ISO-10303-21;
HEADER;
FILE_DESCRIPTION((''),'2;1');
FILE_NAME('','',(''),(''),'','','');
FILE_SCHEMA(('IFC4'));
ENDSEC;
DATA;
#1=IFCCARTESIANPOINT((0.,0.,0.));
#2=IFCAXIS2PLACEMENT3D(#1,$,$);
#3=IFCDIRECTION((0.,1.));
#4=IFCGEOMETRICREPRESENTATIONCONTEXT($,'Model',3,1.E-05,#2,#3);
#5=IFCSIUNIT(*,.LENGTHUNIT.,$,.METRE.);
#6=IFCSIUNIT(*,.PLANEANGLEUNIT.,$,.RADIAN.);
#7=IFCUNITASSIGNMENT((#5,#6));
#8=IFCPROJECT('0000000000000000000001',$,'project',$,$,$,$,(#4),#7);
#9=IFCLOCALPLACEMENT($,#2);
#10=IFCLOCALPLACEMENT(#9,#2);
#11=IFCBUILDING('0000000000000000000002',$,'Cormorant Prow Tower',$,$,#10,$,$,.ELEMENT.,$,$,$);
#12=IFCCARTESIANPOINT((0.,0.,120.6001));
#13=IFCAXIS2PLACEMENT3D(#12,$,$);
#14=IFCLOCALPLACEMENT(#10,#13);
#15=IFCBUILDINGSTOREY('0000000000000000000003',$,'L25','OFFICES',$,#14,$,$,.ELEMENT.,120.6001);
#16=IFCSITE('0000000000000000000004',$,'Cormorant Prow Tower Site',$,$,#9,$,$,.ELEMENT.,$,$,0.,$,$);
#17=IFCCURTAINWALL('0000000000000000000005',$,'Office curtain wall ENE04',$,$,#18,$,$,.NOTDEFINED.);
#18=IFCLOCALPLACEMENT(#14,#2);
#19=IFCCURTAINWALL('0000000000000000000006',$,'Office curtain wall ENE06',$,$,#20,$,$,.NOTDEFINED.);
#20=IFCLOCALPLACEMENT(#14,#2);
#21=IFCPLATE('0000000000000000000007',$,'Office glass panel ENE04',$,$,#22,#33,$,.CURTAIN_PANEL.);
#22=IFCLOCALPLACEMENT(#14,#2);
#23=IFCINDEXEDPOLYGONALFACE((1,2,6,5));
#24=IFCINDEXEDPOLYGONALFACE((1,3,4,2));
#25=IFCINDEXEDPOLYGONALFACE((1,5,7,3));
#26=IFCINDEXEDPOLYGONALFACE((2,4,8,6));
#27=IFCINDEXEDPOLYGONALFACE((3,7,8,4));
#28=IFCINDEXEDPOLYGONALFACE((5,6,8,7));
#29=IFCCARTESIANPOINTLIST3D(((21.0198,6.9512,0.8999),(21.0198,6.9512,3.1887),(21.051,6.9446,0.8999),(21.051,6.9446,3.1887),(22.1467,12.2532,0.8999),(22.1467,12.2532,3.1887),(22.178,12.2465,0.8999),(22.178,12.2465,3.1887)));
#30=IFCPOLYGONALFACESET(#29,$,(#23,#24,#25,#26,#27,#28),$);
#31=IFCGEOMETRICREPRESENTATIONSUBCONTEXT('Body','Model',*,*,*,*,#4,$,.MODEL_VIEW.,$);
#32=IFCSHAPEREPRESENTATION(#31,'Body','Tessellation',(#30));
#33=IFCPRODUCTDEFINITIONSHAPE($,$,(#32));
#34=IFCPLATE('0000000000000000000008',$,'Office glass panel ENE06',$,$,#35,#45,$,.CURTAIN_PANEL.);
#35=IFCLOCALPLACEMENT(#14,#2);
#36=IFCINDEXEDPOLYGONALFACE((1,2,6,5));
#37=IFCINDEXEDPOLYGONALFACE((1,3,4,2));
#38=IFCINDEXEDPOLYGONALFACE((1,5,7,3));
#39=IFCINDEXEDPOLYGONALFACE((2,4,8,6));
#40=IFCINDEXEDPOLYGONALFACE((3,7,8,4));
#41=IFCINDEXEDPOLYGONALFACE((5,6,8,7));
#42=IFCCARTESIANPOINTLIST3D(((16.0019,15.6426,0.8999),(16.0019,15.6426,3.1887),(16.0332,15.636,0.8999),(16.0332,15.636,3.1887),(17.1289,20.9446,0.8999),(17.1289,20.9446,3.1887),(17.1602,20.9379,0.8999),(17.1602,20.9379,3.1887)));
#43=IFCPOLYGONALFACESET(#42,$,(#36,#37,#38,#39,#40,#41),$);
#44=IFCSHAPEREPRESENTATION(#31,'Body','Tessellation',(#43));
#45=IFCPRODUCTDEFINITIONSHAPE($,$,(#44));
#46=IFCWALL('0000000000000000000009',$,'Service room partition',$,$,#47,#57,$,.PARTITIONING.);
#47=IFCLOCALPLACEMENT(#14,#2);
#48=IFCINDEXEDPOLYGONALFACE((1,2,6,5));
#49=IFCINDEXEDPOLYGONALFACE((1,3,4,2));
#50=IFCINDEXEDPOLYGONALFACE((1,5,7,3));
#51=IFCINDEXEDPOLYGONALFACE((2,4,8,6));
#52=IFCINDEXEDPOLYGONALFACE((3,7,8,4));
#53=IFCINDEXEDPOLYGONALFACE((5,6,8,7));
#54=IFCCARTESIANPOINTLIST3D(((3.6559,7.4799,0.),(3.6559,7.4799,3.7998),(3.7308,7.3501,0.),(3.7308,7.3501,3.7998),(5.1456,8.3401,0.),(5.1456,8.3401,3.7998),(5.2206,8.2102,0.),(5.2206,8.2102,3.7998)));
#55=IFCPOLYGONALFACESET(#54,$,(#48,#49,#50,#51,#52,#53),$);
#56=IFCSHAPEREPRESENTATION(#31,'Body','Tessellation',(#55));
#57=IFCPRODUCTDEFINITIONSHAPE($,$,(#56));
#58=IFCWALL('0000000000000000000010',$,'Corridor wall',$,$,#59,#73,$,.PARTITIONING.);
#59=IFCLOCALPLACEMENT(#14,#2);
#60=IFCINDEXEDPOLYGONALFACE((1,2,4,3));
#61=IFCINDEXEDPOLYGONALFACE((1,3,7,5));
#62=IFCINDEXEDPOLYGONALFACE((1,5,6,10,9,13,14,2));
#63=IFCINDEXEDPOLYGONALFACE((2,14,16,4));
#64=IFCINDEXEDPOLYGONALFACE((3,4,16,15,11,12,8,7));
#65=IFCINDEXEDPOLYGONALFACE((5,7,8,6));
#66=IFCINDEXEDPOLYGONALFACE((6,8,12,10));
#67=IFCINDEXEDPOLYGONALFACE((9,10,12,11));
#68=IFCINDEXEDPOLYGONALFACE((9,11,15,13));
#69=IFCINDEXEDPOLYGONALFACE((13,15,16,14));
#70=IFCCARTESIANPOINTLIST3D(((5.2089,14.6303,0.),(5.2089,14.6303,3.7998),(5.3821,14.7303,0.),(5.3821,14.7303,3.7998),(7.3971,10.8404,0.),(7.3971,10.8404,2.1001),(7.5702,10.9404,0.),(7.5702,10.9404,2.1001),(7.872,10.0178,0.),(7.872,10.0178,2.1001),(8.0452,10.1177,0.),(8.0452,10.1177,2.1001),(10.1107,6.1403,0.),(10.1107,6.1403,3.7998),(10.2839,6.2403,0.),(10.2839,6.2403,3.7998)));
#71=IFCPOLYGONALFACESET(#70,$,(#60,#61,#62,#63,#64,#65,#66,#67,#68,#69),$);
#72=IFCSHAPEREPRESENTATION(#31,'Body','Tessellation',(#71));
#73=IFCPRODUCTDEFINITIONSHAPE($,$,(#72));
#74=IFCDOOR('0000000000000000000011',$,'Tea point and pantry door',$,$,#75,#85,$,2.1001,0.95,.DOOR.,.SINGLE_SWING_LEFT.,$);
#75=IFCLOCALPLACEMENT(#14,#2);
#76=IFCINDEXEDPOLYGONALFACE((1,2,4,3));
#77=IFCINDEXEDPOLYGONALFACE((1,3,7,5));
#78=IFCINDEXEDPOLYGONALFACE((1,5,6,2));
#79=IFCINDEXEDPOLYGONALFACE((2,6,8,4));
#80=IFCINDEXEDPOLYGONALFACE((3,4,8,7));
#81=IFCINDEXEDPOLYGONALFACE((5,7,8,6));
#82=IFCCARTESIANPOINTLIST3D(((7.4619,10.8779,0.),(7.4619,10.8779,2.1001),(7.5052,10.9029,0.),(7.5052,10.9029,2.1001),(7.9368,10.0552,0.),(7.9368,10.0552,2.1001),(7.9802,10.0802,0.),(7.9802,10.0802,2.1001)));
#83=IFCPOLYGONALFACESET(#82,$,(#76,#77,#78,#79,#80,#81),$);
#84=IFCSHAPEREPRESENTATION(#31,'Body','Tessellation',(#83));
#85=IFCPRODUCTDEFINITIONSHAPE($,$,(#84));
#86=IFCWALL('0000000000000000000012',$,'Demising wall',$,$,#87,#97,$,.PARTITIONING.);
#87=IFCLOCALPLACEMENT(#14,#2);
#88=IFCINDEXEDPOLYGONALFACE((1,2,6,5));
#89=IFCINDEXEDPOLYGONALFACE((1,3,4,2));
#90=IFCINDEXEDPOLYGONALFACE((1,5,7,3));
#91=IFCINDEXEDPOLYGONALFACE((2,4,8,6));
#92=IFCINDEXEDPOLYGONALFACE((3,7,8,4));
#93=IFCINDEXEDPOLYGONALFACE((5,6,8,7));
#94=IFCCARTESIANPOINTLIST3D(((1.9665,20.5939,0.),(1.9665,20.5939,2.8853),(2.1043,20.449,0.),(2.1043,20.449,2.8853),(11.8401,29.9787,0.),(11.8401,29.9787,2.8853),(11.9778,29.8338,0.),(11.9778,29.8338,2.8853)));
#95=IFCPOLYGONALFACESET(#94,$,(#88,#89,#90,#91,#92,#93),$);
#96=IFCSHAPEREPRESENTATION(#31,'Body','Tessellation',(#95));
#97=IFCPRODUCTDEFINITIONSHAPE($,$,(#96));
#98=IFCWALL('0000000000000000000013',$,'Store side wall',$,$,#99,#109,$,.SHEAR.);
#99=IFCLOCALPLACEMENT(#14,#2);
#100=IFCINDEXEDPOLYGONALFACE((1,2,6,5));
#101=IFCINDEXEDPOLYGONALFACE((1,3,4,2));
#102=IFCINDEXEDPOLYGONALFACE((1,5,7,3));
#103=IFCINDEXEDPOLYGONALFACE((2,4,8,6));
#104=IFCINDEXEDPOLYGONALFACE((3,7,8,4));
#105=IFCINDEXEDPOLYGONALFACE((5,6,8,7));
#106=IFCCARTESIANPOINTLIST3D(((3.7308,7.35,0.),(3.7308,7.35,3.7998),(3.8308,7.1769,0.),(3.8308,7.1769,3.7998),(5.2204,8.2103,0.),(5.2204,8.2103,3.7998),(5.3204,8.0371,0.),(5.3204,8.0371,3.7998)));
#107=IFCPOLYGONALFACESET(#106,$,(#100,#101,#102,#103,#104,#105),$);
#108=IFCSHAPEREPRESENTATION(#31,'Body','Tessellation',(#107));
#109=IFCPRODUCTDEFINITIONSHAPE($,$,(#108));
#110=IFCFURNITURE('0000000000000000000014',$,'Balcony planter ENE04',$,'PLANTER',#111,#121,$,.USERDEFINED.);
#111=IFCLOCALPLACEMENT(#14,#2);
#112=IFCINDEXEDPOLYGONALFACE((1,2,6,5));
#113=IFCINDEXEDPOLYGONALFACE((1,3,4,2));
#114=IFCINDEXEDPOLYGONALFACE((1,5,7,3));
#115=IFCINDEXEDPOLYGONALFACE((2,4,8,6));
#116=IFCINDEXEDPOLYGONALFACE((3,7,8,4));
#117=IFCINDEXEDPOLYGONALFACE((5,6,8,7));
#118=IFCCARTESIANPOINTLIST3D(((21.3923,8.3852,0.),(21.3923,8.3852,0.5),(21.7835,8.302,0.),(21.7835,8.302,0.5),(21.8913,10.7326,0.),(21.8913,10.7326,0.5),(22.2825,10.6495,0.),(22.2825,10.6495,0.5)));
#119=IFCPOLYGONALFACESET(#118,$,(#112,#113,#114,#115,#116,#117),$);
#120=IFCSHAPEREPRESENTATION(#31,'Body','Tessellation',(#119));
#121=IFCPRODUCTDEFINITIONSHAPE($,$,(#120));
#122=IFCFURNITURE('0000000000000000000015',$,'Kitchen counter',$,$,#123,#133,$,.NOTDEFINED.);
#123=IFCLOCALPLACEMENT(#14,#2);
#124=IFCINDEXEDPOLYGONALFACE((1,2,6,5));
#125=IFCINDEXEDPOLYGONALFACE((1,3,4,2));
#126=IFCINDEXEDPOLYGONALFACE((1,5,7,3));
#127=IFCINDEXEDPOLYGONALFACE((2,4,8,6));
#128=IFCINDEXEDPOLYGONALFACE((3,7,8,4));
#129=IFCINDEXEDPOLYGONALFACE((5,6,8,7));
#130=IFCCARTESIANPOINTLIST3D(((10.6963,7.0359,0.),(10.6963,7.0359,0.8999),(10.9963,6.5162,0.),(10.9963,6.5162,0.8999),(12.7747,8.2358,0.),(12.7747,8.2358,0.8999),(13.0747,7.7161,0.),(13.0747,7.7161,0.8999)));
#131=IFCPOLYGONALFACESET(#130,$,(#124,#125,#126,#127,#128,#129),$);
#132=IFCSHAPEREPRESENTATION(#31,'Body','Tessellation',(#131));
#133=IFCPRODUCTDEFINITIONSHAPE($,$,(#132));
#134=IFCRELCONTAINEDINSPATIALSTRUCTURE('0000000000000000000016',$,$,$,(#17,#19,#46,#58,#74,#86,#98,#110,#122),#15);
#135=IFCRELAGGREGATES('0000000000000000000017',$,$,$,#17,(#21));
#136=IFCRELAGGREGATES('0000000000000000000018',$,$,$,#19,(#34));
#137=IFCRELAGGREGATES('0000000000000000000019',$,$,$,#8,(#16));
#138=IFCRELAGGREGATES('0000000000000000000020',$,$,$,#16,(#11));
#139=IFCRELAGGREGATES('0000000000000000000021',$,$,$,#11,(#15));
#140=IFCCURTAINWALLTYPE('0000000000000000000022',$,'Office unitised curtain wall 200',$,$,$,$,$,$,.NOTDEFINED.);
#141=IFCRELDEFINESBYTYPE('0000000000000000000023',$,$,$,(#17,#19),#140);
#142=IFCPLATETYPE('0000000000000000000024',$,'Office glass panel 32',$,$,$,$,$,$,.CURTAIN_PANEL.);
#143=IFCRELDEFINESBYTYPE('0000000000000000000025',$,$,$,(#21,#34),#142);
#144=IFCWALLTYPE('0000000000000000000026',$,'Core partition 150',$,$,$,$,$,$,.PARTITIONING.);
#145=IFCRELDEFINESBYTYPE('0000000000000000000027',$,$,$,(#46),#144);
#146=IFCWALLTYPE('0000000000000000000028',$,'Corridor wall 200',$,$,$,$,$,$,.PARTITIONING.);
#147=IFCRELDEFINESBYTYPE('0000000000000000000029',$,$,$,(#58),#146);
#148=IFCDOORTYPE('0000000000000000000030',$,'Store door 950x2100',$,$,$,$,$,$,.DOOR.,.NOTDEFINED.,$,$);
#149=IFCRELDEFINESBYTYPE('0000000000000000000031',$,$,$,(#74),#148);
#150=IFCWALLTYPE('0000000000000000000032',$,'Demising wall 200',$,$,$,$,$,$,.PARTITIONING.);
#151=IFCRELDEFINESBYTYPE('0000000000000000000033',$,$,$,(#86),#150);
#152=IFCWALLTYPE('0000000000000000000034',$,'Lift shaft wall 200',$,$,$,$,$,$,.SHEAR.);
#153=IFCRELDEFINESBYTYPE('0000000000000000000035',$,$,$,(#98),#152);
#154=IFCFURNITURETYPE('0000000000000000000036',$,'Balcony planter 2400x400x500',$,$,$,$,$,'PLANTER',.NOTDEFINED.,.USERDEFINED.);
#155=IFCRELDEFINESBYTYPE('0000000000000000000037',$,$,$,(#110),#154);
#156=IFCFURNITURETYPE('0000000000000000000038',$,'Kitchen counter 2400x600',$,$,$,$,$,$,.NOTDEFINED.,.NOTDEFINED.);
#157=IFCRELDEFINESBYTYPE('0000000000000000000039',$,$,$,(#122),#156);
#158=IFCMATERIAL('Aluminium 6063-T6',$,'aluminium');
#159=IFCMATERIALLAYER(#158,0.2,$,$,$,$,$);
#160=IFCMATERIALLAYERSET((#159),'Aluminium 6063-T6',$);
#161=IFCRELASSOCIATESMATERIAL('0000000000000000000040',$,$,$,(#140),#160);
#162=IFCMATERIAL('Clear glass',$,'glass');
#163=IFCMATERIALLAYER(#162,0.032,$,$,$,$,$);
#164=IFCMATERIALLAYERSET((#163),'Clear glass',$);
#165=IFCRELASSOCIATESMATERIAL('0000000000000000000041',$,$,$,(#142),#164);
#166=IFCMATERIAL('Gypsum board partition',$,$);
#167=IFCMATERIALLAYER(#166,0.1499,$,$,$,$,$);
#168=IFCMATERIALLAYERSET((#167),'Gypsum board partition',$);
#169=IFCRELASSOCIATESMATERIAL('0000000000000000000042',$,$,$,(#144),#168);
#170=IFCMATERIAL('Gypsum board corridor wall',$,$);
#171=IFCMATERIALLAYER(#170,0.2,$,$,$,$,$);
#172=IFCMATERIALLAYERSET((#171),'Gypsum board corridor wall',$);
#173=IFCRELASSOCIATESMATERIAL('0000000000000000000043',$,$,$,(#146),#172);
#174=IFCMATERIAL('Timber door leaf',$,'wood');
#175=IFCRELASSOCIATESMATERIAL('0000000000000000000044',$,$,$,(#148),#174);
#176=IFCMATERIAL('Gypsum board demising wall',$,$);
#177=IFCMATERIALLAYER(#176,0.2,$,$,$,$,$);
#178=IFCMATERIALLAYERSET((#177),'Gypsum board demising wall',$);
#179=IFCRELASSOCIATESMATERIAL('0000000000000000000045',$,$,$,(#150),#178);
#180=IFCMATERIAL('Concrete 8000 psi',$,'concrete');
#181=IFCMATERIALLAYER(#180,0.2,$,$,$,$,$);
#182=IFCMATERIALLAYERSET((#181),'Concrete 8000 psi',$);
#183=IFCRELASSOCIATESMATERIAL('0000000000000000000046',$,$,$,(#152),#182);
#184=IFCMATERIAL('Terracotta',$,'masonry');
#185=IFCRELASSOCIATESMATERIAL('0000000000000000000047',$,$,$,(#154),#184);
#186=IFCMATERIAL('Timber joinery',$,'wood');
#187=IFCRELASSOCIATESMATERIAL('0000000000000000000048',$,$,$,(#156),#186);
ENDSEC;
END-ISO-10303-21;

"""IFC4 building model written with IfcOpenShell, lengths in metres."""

from ifc_helpers import new_model, si_unit, direction, frame, frame_2d, origin, origin_2d, place, context, subcontext, project, spatial, rectangle, extrude, material, layer, layer_set, type_object, element, fill, aggregate, save


model = new_model("IFC4")

# Units and contexts
model_context = context("Model", 3, precision=1e-05, world=origin(), true_north=direction((0.0, 1.0)))
body_context = subcontext(model_context, "Body", "Model", "MODEL_VIEW")
ifc_project = project(units=[si_unit("LENGTHUNIT", "METRE"), si_unit("PLANEANGLEUNIT", "RADIAN")], contexts=[model_context])

# Site, building, storey
site_placement = place(None, origin())
site = spatial("IfcSite", under=ifc_project, at=site_placement, Name="Cormorant Prow Tower Site", CompositionType="ELEMENT", RefElevation=0.0)
building_placement = place(site_placement, origin())
building = spatial("IfcBuilding", under=site, at=building_placement, Name="Cormorant Prow Tower", CompositionType="ELEMENT")
storey_placement = place(building_placement, frame((0.0, 0.0, 120.6001)))
storey = spatial("IfcBuildingStorey", under=building, at=storey_placement, Name="L25", Description="OFFICES", CompositionType="ELEMENT", Elevation=120.6001)

# Curtain walls
ifc_material_1 = material(Name="Aluminium 6063-T6", Category="aluminium")
ifc_layer_1 = layer(ifc_material_1, 0.2)
ifc_layer_set_1 = layer_set([ifc_layer_1], Name="Aluminium 6063-T6")
curtain_wall_type = type_object("IfcCurtainWallType", Name="Office unitised curtain wall 200", PredefinedType="NOTDEFINED", material=ifc_layer_set_1)
curtain_wall_1_placement = place(storey_placement, origin())
curtain_wall_1 = element("IfcCurtainWall", 1, at=curtain_wall_1_placement, inside=storey, type_object=curtain_wall_type, Name="Office curtain wall ENE04", PredefinedType="NOTDEFINED")
curtain_wall_2_placement = place(storey_placement, origin())
curtain_wall_2 = element("IfcCurtainWall", 2, at=curtain_wall_2_placement, inside=storey, type_object=curtain_wall_type, Name="Office curtain wall ENE06", PredefinedType="NOTDEFINED")

# Plates
ifc_material_2 = material(Name="Clear glass", Category="glass")
ifc_layer_2 = layer(ifc_material_2, 0.032)
ifc_layer_set_2 = layer_set([ifc_layer_2], Name="Clear glass")
plate_type = type_object("IfcPlateType", Name="Office glass panel 32", PredefinedType="CURTAIN_PANEL", material=ifc_layer_set_2)
plate_1_placement = place(storey_placement, frame((21.5989, 9.5989, 0.8999), z_axis=(0.0, 0.0, 1.0), x_axis=(0.207912, 0.978148, 0.0)))
plate_1 = element("IfcPlate", 3, at=plate_1_placement, type_object=plate_type, Name="Office glass panel ENE04", PredefinedType="CURTAIN_PANEL", context=body_context, shape_type="SweptSolid", body=[
    extrude(rectangle(XDim=5.4204, YDim=0.032, at=origin_2d()), origin(), (0.0, 0.0, 1.0), 2.2888),
])
aggregate(curtain_wall_1, [plate_1])
plate_2_placement = place(storey_placement, frame((16.5811, 18.2903, 0.8999), z_axis=(0.0, 0.0, 1.0), x_axis=(0.207912, 0.978148, 0.0)))
plate_2 = element("IfcPlate", 4, at=plate_2_placement, type_object=plate_type, Name="Office glass panel ENE06", PredefinedType="CURTAIN_PANEL", context=body_context, shape_type="SweptSolid", body=[
    extrude(rectangle(XDim=5.4204, YDim=0.032, at=origin_2d()), origin(), (0.0, 0.0, 1.0), 2.2888),
])
aggregate(curtain_wall_2, [plate_2])

# Wall
ifc_material_3 = material(Name="Gypsum board partition")
ifc_layer_3 = layer(ifc_material_3, 0.1499)
ifc_layer_set_3 = layer_set([ifc_layer_3], Name="Gypsum board partition")
wall_type_1 = type_object("IfcWallType", Name="Core partition 150", PredefinedType="PARTITIONING", material=ifc_layer_set_3)
wall_1_placement = place(storey_placement, frame((3.6934, 7.415, 0.0), z_axis=(0.0, 0.0, 1.0), x_axis=(0.866025, 0.500001, 0.0)))
element("IfcWall", 5, at=wall_1_placement, inside=storey, type_object=wall_type_1, Name="Service room partition", PredefinedType="PARTITIONING", context=body_context, shape_type="SweptSolid", body=[
    extrude(rectangle(XDim=1.7202, YDim=0.1499, at=frame_2d((0.8601, 0.0))), origin(), (0.0, 0.0, 1.0), 3.7998),
])

# Wall, opening, door
ifc_material_4 = material(Name="Gypsum board corridor wall")
ifc_layer_4 = layer(ifc_material_4, 0.2)
ifc_layer_set_4 = layer_set([ifc_layer_4], Name="Gypsum board corridor wall")
wall_type_2 = type_object("IfcWallType", Name="Corridor wall 200", PredefinedType="PARTITIONING", material=ifc_layer_set_4)
wall_2_placement = place(storey_placement, frame((5.2954, 14.6804, 0.0), z_axis=(0.0, 0.0, 1.0), x_axis=(0.500012, -0.866018, 0.0)))
wall_2 = element("IfcWall", 6, at=wall_2_placement, inside=storey, type_object=wall_type_2, Name="Corridor wall", PredefinedType="PARTITIONING", context=body_context, shape_type="SweptSolid", body=[
    extrude(rectangle(XDim=9.8035, YDim=0.2, at=frame_2d((4.9019, 0.0))), origin(), (0.0, 0.0, 1.0), 3.7998),
])
opening_1_placement = place(wall_2_placement, frame((4.3762, 0.0, 0.0)))
opening_1 = element("IfcOpeningElement", 7, at=opening_1_placement, cuts=wall_2, PredefinedType="OPENING", context=body_context, shape_type="SweptSolid", body=[
    extrude(rectangle(XDim=0.95, YDim=2.1001, at=frame_2d((0.4751, 1.05))), frame((0.0, 0.1099, 0.0), z_axis=(0.0, -1.0, 0.0), x_axis=(1.0, 0.0, 0.0)), (0.0, 0.0, 1.0), 0.22),
])
ifc_material_5 = material(Name="Timber door leaf", Category="wood")
door_type_1 = type_object("IfcDoorType", Name="Store door 950x2100", OperationType="NOTDEFINED", PredefinedType="DOOR", material=ifc_material_5)
door_1_placement = place(opening_1_placement, origin())
door_1 = element("IfcDoor", 8, at=door_1_placement, inside=storey, type_object=door_type_1, Name="Tea point and pantry door", OperationType="SINGLE_SWING_LEFT", OverallHeight=2.1001, OverallWidth=0.95, PredefinedType="DOOR", context=body_context, shape_type="SweptSolid", body=[
    extrude(rectangle(XDim=0.95, YDim=2.1001, at=frame_2d((0.4751, 1.05))), frame((0.0, 0.0249, 0.0), z_axis=(0.0, -1.0, 0.0), x_axis=(1.0, 0.0, 0.0)), (0.0, 0.0, 1.0), 0.05),
])
fill(opening_1, door_1)

# Walls
ifc_material_6 = material(Name="Gypsum board demising wall")
ifc_layer_5 = layer(ifc_material_6, 0.2)
ifc_layer_set_5 = layer_set([ifc_layer_5], Name="Gypsum board demising wall")
wall_type_3 = type_object("IfcWallType", Name="Demising wall 200", PredefinedType="PARTITIONING", material=ifc_layer_set_5)
wall_3_placement = place(storey_placement, frame((2.0354, 20.5215, 0.0), z_axis=(0.0, 0.0, 1.0), x_axis=(0.72482, 0.688939, 0.0)))
element("IfcWall", 9, at=wall_3_placement, inside=storey, type_object=wall_type_3, Name="Demising wall", PredefinedType="PARTITIONING", context=body_context, shape_type="SweptSolid", body=[
    extrude(rectangle(XDim=13.6221, YDim=0.2, at=frame_2d((6.811, 0.0))), origin(), (0.0, 0.0, 1.0), 2.8853),
])
ifc_material_7 = material(Name="Concrete 8000 psi", Category="concrete")
ifc_layer_6 = layer(ifc_material_7, 0.2)
ifc_layer_set_6 = layer_set([ifc_layer_6], Name="Concrete 8000 psi")
wall_type_4 = type_object("IfcWallType", Name="Lift shaft wall 200", PredefinedType="SHEAR", material=ifc_layer_set_6)
wall_4_placement = place(storey_placement, frame((3.7808, 7.2634, 0.0), z_axis=(0.0, 0.0, 1.0), x_axis=(0.865963, 0.500107, 0.0)))
element("IfcWall", 10, at=wall_4_placement, inside=storey, type_object=wall_type_4, Name="Store side wall", PredefinedType="SHEAR", context=body_context, shape_type="SweptSolid", body=[
    extrude(rectangle(XDim=1.7202, YDim=0.2, at=frame_2d((0.8601, 0.0))), origin(), (0.0, 0.0, 1.0), 3.7998),
])

# Furniture
ifc_material_8 = material(Name="Terracotta", Category="masonry")
furniture_type_1 = type_object("IfcFurnitureType", Name="Balcony planter 2400x400x500", ElementType="PLANTER", AssemblyPlace="NOTDEFINED", PredefinedType="USERDEFINED", material=ifc_material_8)
furniture_1_placement = place(storey_placement, frame((21.8374, 9.5173, 0.0), z_axis=(0.0, 0.0, 1.0), x_axis=(0.207912, 0.978148, 0.0)))
element("IfcFurniture", 11, at=furniture_1_placement, inside=storey, type_object=furniture_type_1, Name="Balcony planter ENE04", ObjectType="PLANTER", PredefinedType="USERDEFINED", context=body_context, shape_type="SweptSolid", body=[
    extrude(rectangle(XDim=2.3999, YDim=0.3999, at=origin_2d()), origin(), (0.0, 0.0, 1.0), 0.5),
])
ifc_material_9 = material(Name="Timber joinery", Category="wood")
furniture_type_2 = type_object("IfcFurnitureType", Name="Kitchen counter 2400x600", AssemblyPlace="NOTDEFINED", PredefinedType="NOTDEFINED", material=ifc_material_9)
furniture_2_placement = place(storey_placement, frame((11.8855, 7.376, 0.0), z_axis=(0.0, 0.0, 1.0), x_axis=(-0.866025, -0.5, 0.0)))
element("IfcFurniture", 12, at=furniture_2_placement, inside=storey, type_object=furniture_type_2, Name="Kitchen counter", PredefinedType="NOTDEFINED", context=body_context, shape_type="SweptSolid", body=[
    extrude(rectangle(XDim=2.3999, YDim=0.6001, at=origin_2d()), origin(), (0.0, 0.0, 1.0), 0.8999),
])

save(model, "model.ifc")
